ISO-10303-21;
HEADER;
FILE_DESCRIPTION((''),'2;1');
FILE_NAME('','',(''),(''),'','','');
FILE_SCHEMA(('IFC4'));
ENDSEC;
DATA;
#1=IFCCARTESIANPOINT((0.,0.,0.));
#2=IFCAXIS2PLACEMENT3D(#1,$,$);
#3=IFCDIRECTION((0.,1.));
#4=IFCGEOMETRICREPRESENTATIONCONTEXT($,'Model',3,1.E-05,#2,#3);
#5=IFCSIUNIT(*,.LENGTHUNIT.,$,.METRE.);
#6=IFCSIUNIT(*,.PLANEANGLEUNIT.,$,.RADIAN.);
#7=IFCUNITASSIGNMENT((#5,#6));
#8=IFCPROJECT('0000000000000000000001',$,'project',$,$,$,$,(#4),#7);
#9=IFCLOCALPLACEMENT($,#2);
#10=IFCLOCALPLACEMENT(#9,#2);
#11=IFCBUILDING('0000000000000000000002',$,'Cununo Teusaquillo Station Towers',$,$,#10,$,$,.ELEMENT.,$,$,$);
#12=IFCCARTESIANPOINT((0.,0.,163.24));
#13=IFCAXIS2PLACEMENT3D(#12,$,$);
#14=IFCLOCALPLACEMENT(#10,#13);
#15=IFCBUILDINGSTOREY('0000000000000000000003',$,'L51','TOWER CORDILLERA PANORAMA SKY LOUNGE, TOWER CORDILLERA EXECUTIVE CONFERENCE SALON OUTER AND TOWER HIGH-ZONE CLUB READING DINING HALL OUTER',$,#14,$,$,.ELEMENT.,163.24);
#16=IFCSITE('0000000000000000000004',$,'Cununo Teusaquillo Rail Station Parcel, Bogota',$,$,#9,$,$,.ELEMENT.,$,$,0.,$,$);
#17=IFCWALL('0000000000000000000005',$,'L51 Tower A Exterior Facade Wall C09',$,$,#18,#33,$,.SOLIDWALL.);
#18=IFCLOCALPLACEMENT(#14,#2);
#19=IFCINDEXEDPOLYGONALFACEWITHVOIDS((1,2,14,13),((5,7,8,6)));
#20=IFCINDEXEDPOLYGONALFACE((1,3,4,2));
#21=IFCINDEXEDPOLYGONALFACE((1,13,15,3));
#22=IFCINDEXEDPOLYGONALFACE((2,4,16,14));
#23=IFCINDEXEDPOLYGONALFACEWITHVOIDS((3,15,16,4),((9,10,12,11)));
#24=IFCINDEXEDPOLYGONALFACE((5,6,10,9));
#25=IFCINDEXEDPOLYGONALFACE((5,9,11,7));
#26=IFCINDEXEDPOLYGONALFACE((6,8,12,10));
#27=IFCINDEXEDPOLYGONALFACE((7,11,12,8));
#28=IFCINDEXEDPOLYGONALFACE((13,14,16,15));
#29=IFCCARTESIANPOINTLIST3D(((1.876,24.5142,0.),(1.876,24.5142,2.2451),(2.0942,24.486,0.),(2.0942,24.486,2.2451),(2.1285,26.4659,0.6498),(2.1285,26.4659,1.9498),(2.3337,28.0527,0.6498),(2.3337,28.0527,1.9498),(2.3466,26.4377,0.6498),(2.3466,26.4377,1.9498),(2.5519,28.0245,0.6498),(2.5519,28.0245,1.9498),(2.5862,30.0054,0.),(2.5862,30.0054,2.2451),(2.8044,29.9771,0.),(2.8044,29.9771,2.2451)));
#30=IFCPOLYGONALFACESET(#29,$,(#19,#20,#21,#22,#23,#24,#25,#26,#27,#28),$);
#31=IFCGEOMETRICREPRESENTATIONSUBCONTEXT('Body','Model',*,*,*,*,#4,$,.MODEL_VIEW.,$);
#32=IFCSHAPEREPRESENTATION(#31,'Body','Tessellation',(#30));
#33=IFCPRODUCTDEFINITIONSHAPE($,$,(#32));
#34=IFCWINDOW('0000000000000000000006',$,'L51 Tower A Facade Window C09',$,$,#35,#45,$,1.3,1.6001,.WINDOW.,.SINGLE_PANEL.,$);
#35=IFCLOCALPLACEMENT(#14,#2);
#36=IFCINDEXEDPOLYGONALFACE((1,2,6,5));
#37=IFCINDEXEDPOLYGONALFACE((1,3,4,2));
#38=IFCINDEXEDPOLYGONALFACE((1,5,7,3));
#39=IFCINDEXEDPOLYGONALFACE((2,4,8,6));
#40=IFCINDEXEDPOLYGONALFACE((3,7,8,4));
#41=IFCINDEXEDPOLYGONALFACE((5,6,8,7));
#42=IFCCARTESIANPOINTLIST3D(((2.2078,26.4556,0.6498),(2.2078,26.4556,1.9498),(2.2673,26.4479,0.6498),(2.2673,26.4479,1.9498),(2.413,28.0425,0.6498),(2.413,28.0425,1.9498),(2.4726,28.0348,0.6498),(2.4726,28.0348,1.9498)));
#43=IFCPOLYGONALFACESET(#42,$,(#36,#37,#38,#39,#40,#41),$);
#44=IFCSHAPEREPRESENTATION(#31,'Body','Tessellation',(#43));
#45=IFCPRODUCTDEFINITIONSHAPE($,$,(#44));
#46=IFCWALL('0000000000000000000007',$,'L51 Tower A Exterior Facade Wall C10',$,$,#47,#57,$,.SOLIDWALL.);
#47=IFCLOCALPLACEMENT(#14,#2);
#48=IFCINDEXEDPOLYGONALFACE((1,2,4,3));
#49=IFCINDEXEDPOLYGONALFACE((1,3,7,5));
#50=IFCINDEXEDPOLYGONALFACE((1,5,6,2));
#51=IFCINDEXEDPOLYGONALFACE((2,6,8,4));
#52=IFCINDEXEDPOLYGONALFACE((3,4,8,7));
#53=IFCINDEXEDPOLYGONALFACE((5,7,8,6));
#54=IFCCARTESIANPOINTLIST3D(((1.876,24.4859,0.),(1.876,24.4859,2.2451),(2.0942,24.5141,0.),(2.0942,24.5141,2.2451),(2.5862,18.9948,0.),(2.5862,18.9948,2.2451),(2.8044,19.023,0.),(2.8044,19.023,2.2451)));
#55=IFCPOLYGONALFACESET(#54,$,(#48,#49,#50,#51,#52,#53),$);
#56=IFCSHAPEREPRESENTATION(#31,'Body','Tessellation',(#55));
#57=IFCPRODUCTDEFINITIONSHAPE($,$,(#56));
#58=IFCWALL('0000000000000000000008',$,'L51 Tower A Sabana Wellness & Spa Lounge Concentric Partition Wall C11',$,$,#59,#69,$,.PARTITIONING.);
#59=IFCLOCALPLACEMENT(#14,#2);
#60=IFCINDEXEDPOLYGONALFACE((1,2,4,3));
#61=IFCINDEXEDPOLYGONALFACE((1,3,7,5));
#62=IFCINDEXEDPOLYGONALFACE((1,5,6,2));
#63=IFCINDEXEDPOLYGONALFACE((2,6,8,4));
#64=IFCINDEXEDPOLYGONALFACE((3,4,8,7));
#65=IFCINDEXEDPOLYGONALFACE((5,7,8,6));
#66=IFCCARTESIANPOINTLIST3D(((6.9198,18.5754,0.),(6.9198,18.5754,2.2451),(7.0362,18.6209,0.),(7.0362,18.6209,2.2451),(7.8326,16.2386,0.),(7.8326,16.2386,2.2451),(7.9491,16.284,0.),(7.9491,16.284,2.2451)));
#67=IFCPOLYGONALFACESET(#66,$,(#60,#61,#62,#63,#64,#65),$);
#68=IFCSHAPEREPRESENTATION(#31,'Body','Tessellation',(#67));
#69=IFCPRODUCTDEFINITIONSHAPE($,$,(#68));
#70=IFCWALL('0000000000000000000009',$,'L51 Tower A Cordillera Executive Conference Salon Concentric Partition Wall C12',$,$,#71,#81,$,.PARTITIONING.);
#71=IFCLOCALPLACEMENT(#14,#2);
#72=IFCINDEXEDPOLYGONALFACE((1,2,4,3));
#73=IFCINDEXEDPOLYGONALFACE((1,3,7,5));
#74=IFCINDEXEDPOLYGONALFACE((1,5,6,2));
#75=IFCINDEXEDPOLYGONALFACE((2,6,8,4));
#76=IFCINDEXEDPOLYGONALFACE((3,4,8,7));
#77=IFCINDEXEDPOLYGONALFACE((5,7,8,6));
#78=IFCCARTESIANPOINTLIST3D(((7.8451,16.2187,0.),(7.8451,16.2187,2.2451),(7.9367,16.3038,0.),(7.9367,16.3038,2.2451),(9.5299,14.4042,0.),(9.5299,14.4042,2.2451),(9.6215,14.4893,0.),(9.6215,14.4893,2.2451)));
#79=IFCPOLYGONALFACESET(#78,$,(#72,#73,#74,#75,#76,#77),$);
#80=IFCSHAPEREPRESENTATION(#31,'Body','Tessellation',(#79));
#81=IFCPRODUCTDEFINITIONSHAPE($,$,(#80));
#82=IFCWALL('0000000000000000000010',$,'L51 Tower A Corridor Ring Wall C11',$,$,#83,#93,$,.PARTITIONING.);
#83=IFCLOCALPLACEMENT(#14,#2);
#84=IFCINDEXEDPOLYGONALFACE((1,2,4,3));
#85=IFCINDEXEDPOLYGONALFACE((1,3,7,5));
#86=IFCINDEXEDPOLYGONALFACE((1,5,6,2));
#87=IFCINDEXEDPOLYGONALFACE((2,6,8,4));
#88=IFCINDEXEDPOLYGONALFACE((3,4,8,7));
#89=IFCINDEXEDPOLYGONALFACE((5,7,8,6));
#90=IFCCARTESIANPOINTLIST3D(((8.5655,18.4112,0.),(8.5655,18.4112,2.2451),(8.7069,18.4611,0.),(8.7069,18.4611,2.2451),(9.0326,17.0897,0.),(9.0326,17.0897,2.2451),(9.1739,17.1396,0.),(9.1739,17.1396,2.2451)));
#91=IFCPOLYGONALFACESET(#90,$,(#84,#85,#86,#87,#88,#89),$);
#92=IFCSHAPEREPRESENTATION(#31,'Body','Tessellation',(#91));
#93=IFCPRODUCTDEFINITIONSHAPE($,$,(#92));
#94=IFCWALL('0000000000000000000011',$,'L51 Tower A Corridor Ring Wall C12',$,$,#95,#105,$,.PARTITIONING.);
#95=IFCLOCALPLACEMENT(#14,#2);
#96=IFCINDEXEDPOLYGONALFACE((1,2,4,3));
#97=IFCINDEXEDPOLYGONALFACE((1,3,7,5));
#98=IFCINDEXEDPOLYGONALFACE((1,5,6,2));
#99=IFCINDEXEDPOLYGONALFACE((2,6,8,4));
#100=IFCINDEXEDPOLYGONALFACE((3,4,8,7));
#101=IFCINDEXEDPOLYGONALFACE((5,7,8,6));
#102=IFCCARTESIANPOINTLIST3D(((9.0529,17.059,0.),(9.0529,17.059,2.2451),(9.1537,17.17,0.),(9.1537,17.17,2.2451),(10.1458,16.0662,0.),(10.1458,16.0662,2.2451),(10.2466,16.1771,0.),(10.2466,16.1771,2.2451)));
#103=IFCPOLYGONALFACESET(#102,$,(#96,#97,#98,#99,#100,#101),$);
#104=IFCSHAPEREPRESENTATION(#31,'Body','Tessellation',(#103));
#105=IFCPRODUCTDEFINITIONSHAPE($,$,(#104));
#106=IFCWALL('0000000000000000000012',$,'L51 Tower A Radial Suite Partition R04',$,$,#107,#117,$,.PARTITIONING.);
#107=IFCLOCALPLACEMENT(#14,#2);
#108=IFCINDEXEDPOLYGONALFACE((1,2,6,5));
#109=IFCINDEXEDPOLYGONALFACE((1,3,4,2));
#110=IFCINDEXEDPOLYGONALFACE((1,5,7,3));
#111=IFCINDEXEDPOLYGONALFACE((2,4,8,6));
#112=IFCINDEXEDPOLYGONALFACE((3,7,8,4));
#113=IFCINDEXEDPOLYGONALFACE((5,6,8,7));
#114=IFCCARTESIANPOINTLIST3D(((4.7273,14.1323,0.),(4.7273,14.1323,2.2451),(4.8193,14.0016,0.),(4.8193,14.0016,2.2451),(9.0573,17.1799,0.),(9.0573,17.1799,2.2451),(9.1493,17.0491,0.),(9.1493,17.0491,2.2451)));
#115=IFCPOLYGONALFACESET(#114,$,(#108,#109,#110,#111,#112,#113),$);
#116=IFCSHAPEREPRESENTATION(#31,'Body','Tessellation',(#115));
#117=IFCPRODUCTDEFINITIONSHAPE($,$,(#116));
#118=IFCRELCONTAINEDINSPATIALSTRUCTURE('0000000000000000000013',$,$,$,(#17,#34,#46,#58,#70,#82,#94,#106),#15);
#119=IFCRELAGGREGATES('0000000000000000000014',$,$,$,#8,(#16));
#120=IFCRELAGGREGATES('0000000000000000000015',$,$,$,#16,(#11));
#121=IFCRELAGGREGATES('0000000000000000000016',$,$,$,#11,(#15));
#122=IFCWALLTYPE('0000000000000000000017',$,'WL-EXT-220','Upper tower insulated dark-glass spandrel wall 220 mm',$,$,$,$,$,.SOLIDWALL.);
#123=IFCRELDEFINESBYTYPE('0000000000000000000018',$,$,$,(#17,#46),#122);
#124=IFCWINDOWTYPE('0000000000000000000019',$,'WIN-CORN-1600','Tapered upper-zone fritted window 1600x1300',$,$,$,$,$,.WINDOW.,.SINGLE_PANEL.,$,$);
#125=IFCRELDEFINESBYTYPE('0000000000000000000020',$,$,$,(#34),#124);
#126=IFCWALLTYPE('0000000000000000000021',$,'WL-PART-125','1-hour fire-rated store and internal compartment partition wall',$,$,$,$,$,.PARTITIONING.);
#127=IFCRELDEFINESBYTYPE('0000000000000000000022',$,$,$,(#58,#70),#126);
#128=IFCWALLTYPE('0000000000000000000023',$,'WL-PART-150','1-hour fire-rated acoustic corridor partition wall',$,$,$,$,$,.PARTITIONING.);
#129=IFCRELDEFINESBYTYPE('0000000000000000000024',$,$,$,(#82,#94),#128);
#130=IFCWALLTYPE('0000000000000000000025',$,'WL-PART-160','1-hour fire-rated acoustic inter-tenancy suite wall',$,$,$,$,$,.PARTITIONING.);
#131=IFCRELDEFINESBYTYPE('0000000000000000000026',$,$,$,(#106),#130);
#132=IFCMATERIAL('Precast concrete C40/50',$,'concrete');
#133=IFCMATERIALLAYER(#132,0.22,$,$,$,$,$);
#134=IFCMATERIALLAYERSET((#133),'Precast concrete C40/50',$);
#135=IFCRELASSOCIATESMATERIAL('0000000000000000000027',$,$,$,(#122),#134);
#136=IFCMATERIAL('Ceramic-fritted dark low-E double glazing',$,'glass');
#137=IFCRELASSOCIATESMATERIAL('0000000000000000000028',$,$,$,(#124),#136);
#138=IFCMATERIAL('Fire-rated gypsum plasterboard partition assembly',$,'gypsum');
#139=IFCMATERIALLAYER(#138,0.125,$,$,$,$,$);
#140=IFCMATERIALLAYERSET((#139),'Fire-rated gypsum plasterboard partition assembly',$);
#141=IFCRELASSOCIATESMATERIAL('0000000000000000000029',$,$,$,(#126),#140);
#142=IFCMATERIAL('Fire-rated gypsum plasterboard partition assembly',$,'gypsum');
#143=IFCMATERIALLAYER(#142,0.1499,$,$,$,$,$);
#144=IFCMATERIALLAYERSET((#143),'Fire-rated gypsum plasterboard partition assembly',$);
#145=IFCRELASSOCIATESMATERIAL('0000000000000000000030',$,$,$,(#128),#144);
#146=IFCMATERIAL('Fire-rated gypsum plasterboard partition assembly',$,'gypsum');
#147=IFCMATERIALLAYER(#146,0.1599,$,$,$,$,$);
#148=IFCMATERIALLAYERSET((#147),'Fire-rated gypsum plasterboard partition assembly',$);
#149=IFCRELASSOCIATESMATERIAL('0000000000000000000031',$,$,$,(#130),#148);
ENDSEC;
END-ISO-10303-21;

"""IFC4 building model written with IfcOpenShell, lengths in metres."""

from ifc_helpers import new_model, si_unit, direction, frame, frame_2d, origin, place, context, subcontext, project, spatial, rectangle, extrude, source, transform, mapped, material, layer, layer_set, type_object, element, fill, save


model = new_model("IFC4")

# Units and contexts
model_context = context("Model", 3, precision=1e-05, world=origin(), true_north=direction((0.0, 1.0)))
body_context = subcontext(model_context, "Body", "Model", "MODEL_VIEW")
ifc_project = project(units=[si_unit("LENGTHUNIT", "METRE"), si_unit("PLANEANGLEUNIT", "RADIAN")], contexts=[model_context])

# Site, building, storey
site_placement = place(None, origin())
site = spatial("IfcSite", under=ifc_project, at=site_placement, Name="Cununo Teusaquillo Rail Station Parcel, Bogota", CompositionType="ELEMENT", RefElevation=0.0)
building_placement = place(site_placement, origin())
building = spatial("IfcBuilding", under=site, at=building_placement, Name="Cununo Teusaquillo Station Towers", CompositionType="ELEMENT")
storey_placement = place(building_placement, frame((0.0, 0.0, 163.24)))
storey = spatial("IfcBuildingStorey", under=building, at=storey_placement, Name="L51", Description="TOWER CORDILLERA PANORAMA SKY LOUNGE, TOWER CORDILLERA EXECUTIVE CONFERENCE SALON OUTER AND TOWER HIGH-ZONE CLUB READING DINING HALL OUTER", CompositionType="ELEMENT", Elevation=163.24)

# Wall, opening, window
ifc_material_1 = material(Name="Precast concrete C40/50", Category="concrete")
ifc_layer_1 = layer(ifc_material_1, 0.22)
ifc_layer_set_1 = layer_set([ifc_layer_1], Name="Precast concrete C40/50")
wall_type_1 = type_object("IfcWallType", Name="WL-EXT-220", Description="Upper tower insulated dark-glass spandrel wall 220 mm", PredefinedType="SOLIDWALL", material=ifc_layer_set_1)
wall_1_placement = place(storey_placement, frame((1.9851, 24.5, 0.0), z_axis=(0.0, 0.0, 1.0), x_axis=(0.128267, 0.99174, 0.0)))
wall_1 = element("IfcWall", 1, at=wall_1_placement, inside=storey, type_object=wall_type_1, Name="L51 Tower A Exterior Facade Wall C09", PredefinedType="SOLIDWALL", context=body_context, shape_type="SweptSolid", body=[
    extrude(rectangle(XDim=5.5369, YDim=0.22, at=frame_2d((2.7686, 0.0))), origin(), (0.0, 0.0, 1.0), 2.2451),
])
shared_shape_1 = source(origin(), body_context, "Body", "SweptSolid", [
    extrude(rectangle(XDim=1.6001, YDim=1.3, at=frame_2d((0.8, 0.6499))), frame((0.0, 0.1199, 0.0), z_axis=(0.0, -1.0, 0.0), x_axis=(1.0, 0.0, 0.0)), (0.0, 0.0, 1.0), 0.24),
])
opening_1_placement = place(wall_1_placement, frame((1.968, 0.0, 0.6499)))
opening_1 = element("IfcOpeningElement", 2, at=opening_1_placement, cuts=wall_1, PredefinedType="OPENING", context=body_context, shape_type="MappedRepresentation", body=[
    mapped(shared_shape_1, transform((0.0, 0.0, 0.0), x_axis=(1.0, 0.0, 0.0), y_axis=(0.0, 1.0, 0.0), z_axis=(0.0, 0.0, 1.0), scale=1.0)),
])
ifc_material_2 = material(Name="Ceramic-fritted dark low-E double glazing", Category="glass")
window_type = type_object("IfcWindowType", Name="WIN-CORN-1600", Description="Tapered upper-zone fritted window 1600x1300", PartitioningType="SINGLE_PANEL", PredefinedType="WINDOW", material=ifc_material_2)
shared_shape_2 = source(origin(), body_context, "Body", "SweptSolid", [
    extrude(rectangle(XDim=1.6001, YDim=1.3, at=frame_2d((0.8, 0.6499))), frame((0.0, 0.03, 0.0), z_axis=(0.0, -1.0, 0.0), x_axis=(1.0, 0.0, 0.0)), (0.0, 0.0, 1.0), 0.0601),
])
window_placement = place(opening_1_placement, origin())
window = element("IfcWindow", 3, at=window_placement, inside=storey, type_object=window_type, Name="L51 Tower A Facade Window C09", OverallHeight=1.3, OverallWidth=1.6001, PartitioningType="SINGLE_PANEL", PredefinedType="WINDOW", context=body_context, shape_type="MappedRepresentation", body=[
    mapped(shared_shape_2, transform((0.0, 0.0, 0.0), x_axis=(1.0, 0.0, 0.0), y_axis=(0.0, 1.0, 0.0), z_axis=(0.0, 0.0, 1.0), scale=1.0)),
])
fill(opening_1, window)

# Walls
wall_2_placement = place(storey_placement, frame((2.6953, 19.0088, 0.0), z_axis=(0.0, 0.0, 1.0), x_axis=(-0.128267, 0.99174, 0.0)))
element("IfcWall", 4, at=wall_2_placement, inside=storey, type_object=wall_type_1, Name="L51 Tower A Exterior Facade Wall C10", PredefinedType="SOLIDWALL", context=body_context, shape_type="SweptSolid", body=[
    extrude(rectangle(XDim=5.5369, YDim=0.22, at=frame_2d((2.7686, 0.0))), origin(), (0.0, 0.0, 1.0), 2.2451),
])
ifc_material_3 = material(Name="Fire-rated gypsum plasterboard partition assembly", Category="gypsum")
ifc_layer_2 = layer(ifc_material_3, 0.125)
ifc_layer_set_2 = layer_set([ifc_layer_2], Name="Fire-rated gypsum plasterboard partition assembly")
wall_type_2 = type_object("IfcWallType", Name="WL-PART-125", Description="1-hour fire-rated store and internal compartment partition wall", PredefinedType="PARTITIONING", material=ifc_layer_set_2)
wall_3_placement = place(storey_placement, frame((6.978, 18.5981, 0.0), z_axis=(0.0, 0.0, 1.0), x_axis=(0.363845, -0.931459, 0.0)))
element("IfcWall", 5, at=wall_3_placement, inside=storey, type_object=wall_type_2, Name="L51 Tower A Sabana Wellness & Spa Lounge Concentric Partition Wall C11", PredefinedType="PARTITIONING", context=body_context, shape_type="SweptSolid", body=[
    extrude(rectangle(XDim=2.5088, YDim=0.125, at=frame_2d((1.2544, 0.0))), origin(), (0.0, 0.0, 1.0), 2.2451),
])
wall_4_placement = place(storey_placement, frame((7.8909, 16.2612, 0.0), z_axis=(0.0, 0.0, 1.0), x_axis=(0.680444, -0.732801, 0.0)))
element("IfcWall", 6, at=wall_4_placement, inside=storey, type_object=wall_type_2, Name="L51 Tower A Cordillera Executive Conference Salon Concentric Partition Wall C12", PredefinedType="PARTITIONING", context=body_context, shape_type="SweptSolid", body=[
    extrude(rectangle(XDim=2.4761, YDim=0.125, at=frame_2d((1.238, 0.0))), origin(), (0.0, 0.0, 1.0), 2.2451),
])
ifc_material_4 = material(Name="Fire-rated gypsum plasterboard partition assembly", Category="gypsum")
ifc_layer_3 = layer(ifc_material_4, 0.1499)
ifc_layer_set_3 = layer_set([ifc_layer_3], Name="Fire-rated gypsum plasterboard partition assembly")
wall_type_3 = type_object("IfcWallType", Name="WL-PART-150", Description="1-hour fire-rated acoustic corridor partition wall", PredefinedType="PARTITIONING", material=ifc_layer_set_3)
wall_5_placement = place(storey_placement, frame((8.6362, 18.436, 0.0), z_axis=(0.0, 0.0, 1.0), x_axis=(0.333212, -0.942852, 0.0)))
element("IfcWall", 7, at=wall_5_placement, inside=storey, type_object=wall_type_3, Name="L51 Tower A Corridor Ring Wall C11", PredefinedType="PARTITIONING", context=body_context, shape_type="SweptSolid", body=[
    extrude(rectangle(XDim=1.4016, YDim=0.1499, at=frame_2d((0.7007, 0.0))), origin(), (0.0, 0.0, 1.0), 2.2451),
])
wall_6_placement = place(storey_placement, frame((9.1033, 17.1145, 0.0), z_axis=(0.0, 0.0, 1.0), x_axis=(0.740187, -0.672401, 0.0)))
element("IfcWall", 8, at=wall_6_placement, inside=storey, type_object=wall_type_3, Name="L51 Tower A Corridor Ring Wall C12", PredefinedType="PARTITIONING", context=body_context, shape_type="SweptSolid", body=[
    extrude(rectangle(XDim=1.4766, YDim=0.1499, at=frame_2d((0.7383, 0.0))), origin(), (0.0, 0.0, 1.0), 2.2451),
])
ifc_material_5 = material(Name="Fire-rated gypsum plasterboard partition assembly", Category="gypsum")
ifc_layer_4 = layer(ifc_material_5, 0.1599)
ifc_layer_set_4 = layer_set([ifc_layer_4], Name="Fire-rated gypsum plasterboard partition assembly")
wall_type_4 = type_object("IfcWallType", Name="WL-PART-160", Description="1-hour fire-rated acoustic inter-tenancy suite wall", PredefinedType="PARTITIONING", material=ifc_layer_set_4)
wall_7_placement = place(storey_placement, frame((9.1033, 17.1145, 0.0), z_axis=(0.0, 0.0, 1.0), x_axis=(-0.817761, -0.575559, 0.0)))
element("IfcWall", 9, at=wall_7_placement, inside=storey, type_object=wall_type_4, Name="L51 Tower A Radial Suite Partition R04", PredefinedType="PARTITIONING", context=body_context, shape_type="SweptSolid", body=[
    extrude(rectangle(XDim=5.2949, YDim=0.1599, at=frame_2d((2.6475, 0.0))), origin(), (0.0, 0.0, 1.0), 2.2451),
])

save(model, "model.ifc")
